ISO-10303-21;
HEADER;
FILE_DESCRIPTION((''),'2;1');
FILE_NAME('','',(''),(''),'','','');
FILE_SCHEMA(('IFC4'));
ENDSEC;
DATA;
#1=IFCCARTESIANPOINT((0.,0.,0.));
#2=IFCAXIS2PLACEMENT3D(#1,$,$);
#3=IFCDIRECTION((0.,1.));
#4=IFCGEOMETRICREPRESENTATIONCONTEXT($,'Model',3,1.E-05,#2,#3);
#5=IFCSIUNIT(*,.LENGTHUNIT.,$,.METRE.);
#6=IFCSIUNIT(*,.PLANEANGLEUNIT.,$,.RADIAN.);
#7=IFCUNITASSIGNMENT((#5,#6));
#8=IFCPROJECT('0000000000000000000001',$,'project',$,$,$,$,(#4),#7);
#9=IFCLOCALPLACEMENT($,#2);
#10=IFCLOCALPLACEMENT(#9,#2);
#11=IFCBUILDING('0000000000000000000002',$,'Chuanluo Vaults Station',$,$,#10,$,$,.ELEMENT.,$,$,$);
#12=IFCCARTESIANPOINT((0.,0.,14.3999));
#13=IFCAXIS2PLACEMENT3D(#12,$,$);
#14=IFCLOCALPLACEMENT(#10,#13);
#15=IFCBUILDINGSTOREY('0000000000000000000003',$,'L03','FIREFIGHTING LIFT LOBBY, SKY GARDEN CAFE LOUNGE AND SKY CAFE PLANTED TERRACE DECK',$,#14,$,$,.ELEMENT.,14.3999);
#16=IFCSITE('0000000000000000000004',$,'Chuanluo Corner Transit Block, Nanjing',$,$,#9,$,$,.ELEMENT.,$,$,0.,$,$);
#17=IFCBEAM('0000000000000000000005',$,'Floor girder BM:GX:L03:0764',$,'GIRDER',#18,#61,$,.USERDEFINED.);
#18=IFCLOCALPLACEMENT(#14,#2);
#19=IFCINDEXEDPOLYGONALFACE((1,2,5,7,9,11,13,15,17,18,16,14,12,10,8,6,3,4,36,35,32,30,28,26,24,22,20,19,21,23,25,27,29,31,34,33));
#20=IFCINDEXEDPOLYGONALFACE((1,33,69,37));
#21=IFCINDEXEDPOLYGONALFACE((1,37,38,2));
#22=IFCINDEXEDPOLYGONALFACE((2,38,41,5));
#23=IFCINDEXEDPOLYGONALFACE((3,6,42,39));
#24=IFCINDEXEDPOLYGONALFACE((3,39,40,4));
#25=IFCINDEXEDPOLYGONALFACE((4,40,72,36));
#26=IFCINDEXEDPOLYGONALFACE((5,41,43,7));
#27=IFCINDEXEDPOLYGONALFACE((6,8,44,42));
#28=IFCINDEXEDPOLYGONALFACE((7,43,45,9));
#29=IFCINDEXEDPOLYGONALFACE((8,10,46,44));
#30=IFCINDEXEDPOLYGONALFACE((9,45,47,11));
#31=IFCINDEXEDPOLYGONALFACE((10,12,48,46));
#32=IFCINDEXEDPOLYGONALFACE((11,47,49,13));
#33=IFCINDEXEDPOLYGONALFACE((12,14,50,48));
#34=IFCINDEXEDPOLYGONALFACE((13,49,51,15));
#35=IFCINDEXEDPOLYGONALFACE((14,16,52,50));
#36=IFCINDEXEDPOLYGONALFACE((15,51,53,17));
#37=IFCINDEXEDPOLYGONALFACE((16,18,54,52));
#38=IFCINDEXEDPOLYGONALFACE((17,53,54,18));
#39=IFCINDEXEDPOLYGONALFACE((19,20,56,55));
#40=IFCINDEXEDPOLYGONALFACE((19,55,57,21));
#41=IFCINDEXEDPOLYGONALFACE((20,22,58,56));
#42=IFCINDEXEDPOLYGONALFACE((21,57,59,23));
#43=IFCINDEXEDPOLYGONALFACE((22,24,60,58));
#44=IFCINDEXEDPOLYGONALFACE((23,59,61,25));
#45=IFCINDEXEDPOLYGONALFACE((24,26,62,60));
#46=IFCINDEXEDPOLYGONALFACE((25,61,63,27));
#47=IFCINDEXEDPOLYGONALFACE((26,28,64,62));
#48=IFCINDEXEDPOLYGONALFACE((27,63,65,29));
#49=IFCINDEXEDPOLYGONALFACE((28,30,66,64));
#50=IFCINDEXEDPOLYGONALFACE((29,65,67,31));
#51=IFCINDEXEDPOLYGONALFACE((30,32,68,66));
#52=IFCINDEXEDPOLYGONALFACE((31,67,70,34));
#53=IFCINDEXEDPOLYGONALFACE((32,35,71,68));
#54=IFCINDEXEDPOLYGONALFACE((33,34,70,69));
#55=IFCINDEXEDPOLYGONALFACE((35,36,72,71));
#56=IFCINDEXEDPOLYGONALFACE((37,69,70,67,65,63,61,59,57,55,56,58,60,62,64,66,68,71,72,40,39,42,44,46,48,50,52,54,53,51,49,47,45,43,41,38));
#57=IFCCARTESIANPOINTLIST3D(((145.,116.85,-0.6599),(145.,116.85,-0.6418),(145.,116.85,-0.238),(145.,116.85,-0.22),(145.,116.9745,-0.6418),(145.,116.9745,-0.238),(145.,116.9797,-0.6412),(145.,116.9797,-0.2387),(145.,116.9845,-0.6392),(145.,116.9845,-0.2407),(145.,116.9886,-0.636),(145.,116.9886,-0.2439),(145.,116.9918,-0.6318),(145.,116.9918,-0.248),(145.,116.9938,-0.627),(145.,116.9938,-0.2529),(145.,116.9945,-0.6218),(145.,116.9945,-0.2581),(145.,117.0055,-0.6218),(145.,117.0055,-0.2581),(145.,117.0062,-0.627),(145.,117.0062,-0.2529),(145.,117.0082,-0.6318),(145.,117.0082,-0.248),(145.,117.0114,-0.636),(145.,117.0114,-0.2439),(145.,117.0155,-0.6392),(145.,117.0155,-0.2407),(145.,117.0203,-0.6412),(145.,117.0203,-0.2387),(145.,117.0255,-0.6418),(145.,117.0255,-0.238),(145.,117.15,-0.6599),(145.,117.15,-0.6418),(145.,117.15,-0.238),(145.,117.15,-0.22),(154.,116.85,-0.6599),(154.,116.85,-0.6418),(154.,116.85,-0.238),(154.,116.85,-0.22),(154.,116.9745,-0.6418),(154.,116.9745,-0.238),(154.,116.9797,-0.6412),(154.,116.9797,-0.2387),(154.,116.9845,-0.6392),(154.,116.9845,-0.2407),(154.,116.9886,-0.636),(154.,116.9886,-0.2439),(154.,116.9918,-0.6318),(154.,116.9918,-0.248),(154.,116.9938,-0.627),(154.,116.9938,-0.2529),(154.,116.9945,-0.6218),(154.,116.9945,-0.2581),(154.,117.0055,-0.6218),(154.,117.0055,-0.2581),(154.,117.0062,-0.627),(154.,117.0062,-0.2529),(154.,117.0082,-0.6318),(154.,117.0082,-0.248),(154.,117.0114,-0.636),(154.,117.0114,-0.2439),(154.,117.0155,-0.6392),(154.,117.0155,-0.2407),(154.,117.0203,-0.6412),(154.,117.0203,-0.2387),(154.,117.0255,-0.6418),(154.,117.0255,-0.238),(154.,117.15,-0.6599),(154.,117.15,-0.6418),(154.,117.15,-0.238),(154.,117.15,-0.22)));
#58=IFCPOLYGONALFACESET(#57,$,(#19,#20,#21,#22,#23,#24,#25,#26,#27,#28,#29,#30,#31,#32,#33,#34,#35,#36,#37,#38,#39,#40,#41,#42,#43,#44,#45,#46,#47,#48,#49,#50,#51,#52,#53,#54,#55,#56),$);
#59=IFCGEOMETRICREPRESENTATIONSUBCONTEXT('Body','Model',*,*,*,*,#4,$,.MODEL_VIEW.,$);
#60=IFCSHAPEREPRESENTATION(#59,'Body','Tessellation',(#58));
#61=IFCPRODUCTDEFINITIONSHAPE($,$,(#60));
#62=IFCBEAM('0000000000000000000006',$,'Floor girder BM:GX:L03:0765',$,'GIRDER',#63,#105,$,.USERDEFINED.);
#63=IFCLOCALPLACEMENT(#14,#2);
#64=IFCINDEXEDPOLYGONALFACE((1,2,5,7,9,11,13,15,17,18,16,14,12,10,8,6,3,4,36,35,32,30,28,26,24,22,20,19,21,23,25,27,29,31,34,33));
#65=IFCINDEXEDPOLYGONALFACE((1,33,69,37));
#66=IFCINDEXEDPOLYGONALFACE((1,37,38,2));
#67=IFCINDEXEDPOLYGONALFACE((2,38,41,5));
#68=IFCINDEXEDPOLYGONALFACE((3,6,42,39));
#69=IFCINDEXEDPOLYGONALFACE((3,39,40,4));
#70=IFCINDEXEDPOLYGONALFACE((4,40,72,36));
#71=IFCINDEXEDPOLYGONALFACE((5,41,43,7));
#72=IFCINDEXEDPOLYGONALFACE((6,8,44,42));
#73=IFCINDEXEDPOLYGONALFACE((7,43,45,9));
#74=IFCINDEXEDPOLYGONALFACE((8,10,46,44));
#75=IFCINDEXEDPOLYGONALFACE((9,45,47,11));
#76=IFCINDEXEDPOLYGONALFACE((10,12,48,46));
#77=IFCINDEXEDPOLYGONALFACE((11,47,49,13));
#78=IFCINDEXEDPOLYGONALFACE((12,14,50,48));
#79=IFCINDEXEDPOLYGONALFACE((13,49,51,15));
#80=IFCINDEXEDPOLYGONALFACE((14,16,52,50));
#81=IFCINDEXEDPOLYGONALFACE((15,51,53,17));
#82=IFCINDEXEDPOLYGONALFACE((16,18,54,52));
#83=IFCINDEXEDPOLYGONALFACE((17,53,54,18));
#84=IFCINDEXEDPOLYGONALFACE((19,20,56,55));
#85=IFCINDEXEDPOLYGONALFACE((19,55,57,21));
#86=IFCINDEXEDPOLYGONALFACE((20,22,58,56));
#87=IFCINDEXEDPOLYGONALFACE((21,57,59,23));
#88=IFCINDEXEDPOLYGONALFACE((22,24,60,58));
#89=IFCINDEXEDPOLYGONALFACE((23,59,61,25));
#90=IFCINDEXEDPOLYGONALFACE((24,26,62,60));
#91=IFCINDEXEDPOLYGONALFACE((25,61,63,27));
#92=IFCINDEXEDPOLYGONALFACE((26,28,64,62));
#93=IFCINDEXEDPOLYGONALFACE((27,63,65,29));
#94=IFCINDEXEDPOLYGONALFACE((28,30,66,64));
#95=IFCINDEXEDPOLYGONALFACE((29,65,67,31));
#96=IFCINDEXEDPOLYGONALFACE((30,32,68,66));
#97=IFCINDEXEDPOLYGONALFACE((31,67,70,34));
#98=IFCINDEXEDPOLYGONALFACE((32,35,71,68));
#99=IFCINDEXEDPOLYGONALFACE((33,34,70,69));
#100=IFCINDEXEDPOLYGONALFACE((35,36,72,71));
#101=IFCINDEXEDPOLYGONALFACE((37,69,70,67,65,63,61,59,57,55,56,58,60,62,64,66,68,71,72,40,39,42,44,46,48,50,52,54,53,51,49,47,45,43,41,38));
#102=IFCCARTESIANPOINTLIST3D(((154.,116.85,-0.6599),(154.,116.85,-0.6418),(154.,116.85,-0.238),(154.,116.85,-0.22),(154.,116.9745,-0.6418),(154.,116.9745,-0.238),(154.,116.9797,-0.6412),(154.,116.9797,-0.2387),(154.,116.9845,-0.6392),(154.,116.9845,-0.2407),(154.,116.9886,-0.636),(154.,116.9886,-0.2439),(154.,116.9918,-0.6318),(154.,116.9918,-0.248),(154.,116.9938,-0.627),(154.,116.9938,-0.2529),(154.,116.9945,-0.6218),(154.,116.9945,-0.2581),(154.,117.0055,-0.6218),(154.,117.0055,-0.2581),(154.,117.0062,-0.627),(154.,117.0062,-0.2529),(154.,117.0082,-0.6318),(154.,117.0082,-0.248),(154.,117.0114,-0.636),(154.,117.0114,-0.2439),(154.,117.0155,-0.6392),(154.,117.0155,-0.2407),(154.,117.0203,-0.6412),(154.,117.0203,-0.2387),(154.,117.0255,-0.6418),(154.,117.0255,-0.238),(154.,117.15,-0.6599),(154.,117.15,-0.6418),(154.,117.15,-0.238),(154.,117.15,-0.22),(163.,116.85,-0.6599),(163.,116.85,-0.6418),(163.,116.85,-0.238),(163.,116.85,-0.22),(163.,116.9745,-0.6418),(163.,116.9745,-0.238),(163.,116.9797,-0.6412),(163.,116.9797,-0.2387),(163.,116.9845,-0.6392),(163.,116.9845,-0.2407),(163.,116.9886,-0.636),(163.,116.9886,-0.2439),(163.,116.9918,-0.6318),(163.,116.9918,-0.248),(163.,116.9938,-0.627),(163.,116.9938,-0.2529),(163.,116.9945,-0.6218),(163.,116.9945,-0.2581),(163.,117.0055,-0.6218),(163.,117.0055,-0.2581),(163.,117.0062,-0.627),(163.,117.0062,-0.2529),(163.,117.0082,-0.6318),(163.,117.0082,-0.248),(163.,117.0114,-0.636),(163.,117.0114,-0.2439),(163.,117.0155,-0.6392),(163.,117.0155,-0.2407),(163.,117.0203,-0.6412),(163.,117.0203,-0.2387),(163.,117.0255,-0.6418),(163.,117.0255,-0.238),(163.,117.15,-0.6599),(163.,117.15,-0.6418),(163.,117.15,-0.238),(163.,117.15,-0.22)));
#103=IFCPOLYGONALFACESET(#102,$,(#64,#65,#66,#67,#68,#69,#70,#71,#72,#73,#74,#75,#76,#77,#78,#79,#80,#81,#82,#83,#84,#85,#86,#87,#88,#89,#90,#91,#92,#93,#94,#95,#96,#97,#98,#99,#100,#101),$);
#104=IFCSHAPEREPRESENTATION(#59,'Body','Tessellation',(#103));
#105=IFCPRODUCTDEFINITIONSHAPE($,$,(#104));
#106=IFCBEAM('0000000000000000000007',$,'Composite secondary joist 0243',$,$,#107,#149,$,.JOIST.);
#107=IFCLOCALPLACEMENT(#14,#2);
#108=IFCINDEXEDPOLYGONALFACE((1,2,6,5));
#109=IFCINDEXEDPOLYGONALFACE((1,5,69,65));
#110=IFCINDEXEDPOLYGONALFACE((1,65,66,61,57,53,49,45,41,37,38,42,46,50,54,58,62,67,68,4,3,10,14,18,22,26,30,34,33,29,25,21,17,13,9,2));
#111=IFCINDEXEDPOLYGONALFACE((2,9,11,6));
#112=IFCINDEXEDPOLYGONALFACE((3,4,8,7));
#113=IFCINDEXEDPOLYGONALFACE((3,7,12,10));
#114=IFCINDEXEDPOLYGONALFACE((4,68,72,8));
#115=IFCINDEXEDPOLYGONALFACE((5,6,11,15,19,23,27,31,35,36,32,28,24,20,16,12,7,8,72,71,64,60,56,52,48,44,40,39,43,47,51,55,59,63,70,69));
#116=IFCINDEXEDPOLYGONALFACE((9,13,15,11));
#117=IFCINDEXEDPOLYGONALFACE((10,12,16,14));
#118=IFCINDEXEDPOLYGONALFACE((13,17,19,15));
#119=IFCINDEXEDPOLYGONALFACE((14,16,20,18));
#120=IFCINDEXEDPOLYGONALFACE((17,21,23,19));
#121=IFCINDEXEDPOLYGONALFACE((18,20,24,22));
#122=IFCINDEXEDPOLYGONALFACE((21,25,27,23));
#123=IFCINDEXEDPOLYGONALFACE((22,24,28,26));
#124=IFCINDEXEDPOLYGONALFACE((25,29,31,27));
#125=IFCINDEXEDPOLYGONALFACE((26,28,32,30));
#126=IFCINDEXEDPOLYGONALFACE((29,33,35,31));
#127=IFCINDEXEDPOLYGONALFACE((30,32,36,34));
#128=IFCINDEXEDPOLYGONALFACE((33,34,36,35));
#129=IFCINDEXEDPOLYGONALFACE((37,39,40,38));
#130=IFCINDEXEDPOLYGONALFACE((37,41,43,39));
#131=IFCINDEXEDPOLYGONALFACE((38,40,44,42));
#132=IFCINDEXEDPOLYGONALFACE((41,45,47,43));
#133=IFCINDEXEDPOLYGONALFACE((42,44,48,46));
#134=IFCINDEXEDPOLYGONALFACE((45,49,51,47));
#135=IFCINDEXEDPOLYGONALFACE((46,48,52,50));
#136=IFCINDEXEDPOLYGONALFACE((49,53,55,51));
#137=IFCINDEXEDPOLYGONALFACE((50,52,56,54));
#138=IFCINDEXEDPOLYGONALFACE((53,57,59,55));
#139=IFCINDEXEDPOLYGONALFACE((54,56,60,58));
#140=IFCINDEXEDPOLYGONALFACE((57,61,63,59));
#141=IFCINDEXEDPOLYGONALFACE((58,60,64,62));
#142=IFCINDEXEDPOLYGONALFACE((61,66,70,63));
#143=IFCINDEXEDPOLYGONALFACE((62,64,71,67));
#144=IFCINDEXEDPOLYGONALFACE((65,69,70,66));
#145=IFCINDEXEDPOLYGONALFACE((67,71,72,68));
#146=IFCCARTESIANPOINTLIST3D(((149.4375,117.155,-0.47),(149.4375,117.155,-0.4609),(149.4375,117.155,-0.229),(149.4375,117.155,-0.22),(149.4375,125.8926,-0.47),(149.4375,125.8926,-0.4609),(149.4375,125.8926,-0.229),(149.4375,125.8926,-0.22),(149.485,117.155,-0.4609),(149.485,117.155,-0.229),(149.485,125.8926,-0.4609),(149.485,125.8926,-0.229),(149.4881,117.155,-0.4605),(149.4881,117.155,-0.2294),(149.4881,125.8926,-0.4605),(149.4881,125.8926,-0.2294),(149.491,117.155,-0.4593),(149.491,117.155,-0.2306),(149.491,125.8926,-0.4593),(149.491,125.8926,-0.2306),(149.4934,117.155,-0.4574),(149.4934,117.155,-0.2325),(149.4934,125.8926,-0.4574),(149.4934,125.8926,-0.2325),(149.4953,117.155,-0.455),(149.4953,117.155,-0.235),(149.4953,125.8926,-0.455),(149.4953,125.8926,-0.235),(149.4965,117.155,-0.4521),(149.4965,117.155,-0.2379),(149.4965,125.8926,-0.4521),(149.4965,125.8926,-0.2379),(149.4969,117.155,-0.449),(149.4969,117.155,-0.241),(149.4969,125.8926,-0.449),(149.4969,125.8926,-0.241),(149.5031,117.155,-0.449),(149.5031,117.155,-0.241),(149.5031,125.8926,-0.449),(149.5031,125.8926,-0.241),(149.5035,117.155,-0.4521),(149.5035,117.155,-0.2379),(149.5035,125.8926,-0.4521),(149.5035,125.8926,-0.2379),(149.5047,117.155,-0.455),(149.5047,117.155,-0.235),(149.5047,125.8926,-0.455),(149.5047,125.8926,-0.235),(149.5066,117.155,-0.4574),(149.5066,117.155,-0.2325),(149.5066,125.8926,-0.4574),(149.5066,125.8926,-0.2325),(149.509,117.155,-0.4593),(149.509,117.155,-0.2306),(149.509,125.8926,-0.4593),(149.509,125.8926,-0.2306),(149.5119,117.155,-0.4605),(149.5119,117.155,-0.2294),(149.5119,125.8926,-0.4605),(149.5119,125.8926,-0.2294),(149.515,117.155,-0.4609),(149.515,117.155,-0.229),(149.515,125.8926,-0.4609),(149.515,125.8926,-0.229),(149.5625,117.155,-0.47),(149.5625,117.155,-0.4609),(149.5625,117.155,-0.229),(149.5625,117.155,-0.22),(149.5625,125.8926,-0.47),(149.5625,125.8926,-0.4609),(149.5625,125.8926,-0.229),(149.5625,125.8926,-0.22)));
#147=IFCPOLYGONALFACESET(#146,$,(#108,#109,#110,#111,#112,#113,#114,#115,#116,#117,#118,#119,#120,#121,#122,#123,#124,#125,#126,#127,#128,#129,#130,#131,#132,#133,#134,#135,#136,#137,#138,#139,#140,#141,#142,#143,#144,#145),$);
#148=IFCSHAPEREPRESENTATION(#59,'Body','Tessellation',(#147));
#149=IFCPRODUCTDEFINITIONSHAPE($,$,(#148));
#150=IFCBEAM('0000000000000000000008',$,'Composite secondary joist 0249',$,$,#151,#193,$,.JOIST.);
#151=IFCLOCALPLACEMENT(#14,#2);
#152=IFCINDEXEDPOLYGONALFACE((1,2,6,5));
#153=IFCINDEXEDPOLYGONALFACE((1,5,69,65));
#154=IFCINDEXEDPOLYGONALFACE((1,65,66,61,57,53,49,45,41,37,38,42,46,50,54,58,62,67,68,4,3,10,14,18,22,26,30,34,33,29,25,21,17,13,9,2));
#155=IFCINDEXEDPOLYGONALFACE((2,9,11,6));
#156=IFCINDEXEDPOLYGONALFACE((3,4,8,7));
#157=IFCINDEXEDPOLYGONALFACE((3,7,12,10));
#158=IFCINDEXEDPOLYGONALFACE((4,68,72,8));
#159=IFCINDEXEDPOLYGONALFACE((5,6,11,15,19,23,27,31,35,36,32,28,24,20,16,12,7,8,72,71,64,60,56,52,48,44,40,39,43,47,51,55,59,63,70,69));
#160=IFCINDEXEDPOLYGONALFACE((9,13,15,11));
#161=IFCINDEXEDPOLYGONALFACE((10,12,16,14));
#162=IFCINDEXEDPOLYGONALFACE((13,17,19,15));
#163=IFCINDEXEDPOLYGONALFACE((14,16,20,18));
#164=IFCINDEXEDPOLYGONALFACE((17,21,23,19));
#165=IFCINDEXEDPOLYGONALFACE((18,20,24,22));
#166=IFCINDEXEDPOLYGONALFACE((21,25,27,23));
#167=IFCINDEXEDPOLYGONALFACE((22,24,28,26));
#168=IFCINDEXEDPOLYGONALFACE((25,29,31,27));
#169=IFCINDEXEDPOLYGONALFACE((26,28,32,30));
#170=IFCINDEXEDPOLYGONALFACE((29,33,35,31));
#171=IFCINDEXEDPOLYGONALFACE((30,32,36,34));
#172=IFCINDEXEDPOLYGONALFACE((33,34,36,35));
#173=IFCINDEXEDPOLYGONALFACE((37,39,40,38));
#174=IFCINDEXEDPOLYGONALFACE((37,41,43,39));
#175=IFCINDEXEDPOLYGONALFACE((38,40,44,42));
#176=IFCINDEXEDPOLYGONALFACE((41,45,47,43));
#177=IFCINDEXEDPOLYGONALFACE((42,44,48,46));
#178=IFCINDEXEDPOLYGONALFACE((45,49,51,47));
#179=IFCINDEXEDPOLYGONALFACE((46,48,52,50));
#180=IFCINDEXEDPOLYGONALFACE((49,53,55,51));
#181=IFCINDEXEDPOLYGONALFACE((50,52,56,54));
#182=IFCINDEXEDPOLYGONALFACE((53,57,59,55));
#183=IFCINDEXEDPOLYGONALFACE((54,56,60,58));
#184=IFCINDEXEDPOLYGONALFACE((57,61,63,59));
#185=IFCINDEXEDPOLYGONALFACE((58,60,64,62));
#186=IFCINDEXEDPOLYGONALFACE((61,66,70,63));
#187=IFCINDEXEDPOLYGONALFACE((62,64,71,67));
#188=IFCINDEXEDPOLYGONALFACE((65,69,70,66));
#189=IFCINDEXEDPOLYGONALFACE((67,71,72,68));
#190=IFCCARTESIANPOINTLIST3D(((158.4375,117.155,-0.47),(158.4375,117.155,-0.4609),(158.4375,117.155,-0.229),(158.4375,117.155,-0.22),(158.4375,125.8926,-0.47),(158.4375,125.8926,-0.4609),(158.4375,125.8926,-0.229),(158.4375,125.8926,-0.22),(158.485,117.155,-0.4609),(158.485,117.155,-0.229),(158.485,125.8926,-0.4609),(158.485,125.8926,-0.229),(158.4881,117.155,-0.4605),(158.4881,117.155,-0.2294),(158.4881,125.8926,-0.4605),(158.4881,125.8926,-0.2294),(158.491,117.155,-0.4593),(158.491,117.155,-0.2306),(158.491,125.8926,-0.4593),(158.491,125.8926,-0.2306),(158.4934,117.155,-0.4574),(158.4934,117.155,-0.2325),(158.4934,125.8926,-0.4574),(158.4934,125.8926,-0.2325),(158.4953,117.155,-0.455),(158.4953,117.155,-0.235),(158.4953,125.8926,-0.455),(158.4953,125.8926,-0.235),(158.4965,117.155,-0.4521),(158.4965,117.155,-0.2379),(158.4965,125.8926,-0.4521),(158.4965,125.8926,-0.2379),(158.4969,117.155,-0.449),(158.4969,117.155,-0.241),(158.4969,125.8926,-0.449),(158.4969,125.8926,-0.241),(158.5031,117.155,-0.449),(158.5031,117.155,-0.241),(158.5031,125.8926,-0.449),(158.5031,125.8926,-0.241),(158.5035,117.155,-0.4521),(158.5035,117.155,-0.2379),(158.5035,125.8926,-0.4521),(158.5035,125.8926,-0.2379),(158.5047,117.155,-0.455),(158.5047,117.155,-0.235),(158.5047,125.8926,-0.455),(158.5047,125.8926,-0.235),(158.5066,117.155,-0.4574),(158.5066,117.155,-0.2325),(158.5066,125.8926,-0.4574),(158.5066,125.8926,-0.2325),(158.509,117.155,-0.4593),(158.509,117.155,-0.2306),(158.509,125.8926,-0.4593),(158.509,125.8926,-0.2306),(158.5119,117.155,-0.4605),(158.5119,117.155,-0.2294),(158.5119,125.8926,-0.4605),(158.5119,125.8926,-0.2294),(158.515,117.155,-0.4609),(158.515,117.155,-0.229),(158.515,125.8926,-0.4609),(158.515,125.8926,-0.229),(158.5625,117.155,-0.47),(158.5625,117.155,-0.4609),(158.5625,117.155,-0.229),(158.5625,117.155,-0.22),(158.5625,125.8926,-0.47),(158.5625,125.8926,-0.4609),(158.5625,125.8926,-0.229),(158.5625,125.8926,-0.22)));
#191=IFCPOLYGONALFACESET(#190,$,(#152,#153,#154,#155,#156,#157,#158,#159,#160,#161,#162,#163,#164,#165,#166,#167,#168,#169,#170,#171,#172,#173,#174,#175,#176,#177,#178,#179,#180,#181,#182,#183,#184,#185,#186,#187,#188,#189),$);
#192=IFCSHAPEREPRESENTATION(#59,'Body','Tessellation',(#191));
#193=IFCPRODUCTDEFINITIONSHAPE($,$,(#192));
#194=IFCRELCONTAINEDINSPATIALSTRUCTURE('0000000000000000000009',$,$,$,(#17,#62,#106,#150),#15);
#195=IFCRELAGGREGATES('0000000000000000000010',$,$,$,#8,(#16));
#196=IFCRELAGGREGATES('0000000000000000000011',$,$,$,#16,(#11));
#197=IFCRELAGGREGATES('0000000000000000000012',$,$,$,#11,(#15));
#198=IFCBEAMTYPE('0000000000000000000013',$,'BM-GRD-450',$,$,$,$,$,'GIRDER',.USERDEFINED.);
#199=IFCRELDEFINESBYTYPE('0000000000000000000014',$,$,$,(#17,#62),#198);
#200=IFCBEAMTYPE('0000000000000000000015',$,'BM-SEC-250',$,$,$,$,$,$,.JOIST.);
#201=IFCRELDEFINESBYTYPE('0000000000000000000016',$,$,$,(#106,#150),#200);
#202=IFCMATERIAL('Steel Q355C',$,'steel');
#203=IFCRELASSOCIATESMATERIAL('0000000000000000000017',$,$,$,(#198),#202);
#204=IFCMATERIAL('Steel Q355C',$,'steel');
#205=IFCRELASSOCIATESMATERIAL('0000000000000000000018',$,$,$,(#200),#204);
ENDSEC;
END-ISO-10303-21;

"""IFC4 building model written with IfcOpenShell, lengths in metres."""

from ifc_helpers import new_model, si_unit, direction, frame, origin, origin_2d, place, context, subcontext, project, spatial, i_section, extrude, material, material_profile, profile_set, type_object, element, save


model = new_model("IFC4")

# Units and contexts
model_context = context("Model", 3, precision=1e-05, world=origin(), true_north=direction((0.0, 1.0)))
body_context = subcontext(model_context, "Body", "Model", "MODEL_VIEW")
ifc_project = project(units=[si_unit("LENGTHUNIT", "METRE"), si_unit("PLANEANGLEUNIT", "RADIAN")], contexts=[model_context])

# Site, building, storey
site_placement = place(None, origin())
site = spatial("IfcSite", under=ifc_project, at=site_placement, Name="Chuanluo Corner Transit Block, Nanjing", CompositionType="ELEMENT", RefElevation=0.0)
building_placement = place(site_placement, origin())
building = spatial("IfcBuilding", under=site, at=building_placement, Name="Chuanluo Vaults Station", CompositionType="ELEMENT")
storey_placement = place(building_placement, frame((0.0, 0.0, 14.3999)))
storey = spatial("IfcBuildingStorey", under=building, at=storey_placement, Name="L03", Description="FIREFIGHTING LIFT LOBBY, SKY GARDEN CAFE LOUNGE AND SKY CAFE PLANTED TERRACE DECK", CompositionType="ELEMENT", Elevation=14.3999)

# Beams
ifc_material_1 = material(Name="Steel Q355C", Category="steel")
ifc_material_profile_1 = material_profile(ifc_material_1, i_section(OverallWidth=0.3, OverallDepth=0.4399, WebThickness=0.011, FlangeThickness=0.0181, FilletRadius=0.02, at=origin_2d()))
ifc_profile_set_1 = profile_set([ifc_material_profile_1], Name="Steel Q355C")
beam_type_1 = type_object("IfcBeamType", Name="BM-GRD-450", ElementType="GIRDER", PredefinedType="USERDEFINED", material=ifc_profile_set_1)
for number, where, z_axis, x_axis, name in (
    (1, (145.0, 117.0, -0.4399), (1.0, 0.0, 0.0), (0.0, 1.0, 0.0), "Floor girder BM:GX:L03:0764"),
    (2, (154.0, 117.0, -0.4399), (1.0, 0.0, 0.0), (0.0, 1.0, 0.0), "Floor girder BM:GX:L03:0765"),
):
    element("IfcBeam", number, at=place(storey_placement, frame(where, z_axis=z_axis, x_axis=x_axis)), inside=storey, type_object=beam_type_1, Name=name, ObjectType="GIRDER", PredefinedType="USERDEFINED", context=body_context, shape_type="SweptSolid", body=[
        extrude(i_section(OverallWidth=0.3, OverallDepth=0.4399, WebThickness=0.011, FlangeThickness=0.0181, FilletRadius=0.02, at=origin_2d()), origin(), (0.0, 0.0, 1.0), 9.0),
    ])
ifc_material_2 = material(Name="Steel Q355C", Category="steel")
ifc_material_profile_2 = material_profile(ifc_material_2, i_section(OverallWidth=0.125, OverallDepth=0.25, WebThickness=0.0061, FlangeThickness=0.009, FilletRadius=0.012, at=origin_2d()))
ifc_profile_set_2 = profile_set([ifc_material_profile_2], Name="Steel Q355C")
beam_type_2 = type_object("IfcBeamType", Name="BM-SEC-250", PredefinedType="JOIST", material=ifc_profile_set_2)
for number, where, z_axis, x_axis, name in (
    (3, (149.5, 117.155, -0.345), (0.0, 1.0, 0.0), (-1.0, 0.0, 0.0), "Composite secondary joist 0243"),
    (4, (158.5, 117.155, -0.345), (0.0, 1.0, 0.0), (-1.0, 0.0, 0.0), "Composite secondary joist 0249"),
):
    element("IfcBeam", number, at=place(storey_placement, frame(where, z_axis=z_axis, x_axis=x_axis)), inside=storey, type_object=beam_type_2, Name=name, PredefinedType="JOIST", context=body_context, shape_type="SweptSolid", body=[
        extrude(i_section(OverallWidth=0.125, OverallDepth=0.25, WebThickness=0.0061, FlangeThickness=0.009, FilletRadius=0.012, at=origin_2d()), origin(), (0.0, 0.0, 1.0), 8.7375),
    ])

save(model, "model.ifc")
